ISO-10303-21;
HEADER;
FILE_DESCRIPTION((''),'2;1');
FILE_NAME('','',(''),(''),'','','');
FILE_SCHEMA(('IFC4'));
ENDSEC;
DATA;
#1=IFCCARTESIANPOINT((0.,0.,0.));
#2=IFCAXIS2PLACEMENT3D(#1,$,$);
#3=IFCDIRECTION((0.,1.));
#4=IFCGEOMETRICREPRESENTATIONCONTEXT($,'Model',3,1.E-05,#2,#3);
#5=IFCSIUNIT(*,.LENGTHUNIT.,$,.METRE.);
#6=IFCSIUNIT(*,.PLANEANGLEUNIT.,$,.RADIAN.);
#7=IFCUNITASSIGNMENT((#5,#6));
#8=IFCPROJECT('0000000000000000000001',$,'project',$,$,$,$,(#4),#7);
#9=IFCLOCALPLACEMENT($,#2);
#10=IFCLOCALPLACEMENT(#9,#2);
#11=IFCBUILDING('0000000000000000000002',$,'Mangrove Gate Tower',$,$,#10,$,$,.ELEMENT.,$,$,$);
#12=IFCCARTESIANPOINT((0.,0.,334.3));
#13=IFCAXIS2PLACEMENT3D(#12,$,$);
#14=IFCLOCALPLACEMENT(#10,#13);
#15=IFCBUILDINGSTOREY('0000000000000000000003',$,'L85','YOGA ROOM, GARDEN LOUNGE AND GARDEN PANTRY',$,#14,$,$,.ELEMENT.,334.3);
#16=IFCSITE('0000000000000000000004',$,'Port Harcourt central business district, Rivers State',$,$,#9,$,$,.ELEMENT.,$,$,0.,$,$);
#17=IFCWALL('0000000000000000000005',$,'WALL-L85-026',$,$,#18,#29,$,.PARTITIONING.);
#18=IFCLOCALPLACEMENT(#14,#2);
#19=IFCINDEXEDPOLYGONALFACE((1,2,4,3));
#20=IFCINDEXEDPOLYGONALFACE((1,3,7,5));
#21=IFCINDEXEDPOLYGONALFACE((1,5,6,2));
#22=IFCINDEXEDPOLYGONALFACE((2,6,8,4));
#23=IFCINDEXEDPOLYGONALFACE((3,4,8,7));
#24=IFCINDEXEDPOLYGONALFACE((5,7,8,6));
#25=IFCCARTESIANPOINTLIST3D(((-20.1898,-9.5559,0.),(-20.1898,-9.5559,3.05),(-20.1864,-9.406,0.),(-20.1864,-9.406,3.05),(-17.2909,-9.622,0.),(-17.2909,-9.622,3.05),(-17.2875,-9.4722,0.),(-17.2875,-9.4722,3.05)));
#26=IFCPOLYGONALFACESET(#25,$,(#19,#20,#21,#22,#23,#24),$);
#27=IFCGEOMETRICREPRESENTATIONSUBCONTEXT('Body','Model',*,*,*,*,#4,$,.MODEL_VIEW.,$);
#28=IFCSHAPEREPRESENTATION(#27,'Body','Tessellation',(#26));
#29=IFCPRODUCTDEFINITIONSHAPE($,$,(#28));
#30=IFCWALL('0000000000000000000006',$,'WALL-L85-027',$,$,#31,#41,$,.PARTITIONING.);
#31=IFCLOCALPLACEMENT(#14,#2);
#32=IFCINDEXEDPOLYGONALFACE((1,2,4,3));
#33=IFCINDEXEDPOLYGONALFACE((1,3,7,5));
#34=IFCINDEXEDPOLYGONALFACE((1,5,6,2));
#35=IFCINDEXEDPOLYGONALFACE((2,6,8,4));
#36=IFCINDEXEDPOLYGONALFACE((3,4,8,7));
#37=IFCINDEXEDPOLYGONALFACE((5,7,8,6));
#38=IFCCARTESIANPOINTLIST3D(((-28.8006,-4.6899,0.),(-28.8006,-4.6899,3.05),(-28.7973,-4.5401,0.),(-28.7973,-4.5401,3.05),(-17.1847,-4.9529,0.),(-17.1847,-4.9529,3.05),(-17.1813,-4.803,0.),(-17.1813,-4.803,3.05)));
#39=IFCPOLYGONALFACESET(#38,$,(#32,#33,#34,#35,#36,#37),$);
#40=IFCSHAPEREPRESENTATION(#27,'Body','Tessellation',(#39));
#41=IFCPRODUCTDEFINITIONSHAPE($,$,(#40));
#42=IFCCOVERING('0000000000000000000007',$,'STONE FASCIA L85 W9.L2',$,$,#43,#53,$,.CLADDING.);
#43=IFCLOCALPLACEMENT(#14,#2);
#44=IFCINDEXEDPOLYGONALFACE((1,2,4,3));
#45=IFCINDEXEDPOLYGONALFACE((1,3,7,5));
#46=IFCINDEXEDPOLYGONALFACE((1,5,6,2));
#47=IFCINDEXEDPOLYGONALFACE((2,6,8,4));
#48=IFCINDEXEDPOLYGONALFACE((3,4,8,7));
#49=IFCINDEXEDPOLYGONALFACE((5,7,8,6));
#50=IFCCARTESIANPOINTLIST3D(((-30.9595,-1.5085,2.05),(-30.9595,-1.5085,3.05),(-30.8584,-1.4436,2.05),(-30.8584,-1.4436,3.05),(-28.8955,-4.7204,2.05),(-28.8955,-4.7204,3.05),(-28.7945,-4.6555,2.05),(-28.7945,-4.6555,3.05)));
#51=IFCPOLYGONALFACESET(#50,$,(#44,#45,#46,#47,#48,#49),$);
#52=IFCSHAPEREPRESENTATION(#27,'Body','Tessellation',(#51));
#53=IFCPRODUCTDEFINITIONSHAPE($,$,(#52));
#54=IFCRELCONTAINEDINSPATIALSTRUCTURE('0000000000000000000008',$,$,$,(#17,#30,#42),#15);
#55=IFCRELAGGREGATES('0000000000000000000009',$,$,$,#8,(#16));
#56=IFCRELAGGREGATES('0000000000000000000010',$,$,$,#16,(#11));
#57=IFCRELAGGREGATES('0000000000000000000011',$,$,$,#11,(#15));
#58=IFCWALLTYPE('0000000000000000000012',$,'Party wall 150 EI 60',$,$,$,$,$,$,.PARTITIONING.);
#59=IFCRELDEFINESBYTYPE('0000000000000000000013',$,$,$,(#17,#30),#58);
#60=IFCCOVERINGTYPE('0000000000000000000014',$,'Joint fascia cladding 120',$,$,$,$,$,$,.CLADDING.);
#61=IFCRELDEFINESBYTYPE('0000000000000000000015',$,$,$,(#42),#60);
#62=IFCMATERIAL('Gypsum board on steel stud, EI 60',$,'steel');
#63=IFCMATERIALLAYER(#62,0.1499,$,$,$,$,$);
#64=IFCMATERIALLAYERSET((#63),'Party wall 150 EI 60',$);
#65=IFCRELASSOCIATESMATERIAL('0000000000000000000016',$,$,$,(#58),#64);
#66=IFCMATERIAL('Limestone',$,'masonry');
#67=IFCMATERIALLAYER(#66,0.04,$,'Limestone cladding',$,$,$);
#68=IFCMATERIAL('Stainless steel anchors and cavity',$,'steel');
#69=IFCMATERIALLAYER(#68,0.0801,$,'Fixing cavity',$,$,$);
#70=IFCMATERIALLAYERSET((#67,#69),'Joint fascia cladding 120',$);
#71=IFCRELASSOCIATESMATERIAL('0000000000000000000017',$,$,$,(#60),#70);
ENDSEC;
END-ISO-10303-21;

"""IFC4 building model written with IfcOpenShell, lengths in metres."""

from ifc_helpers import new_model, si_unit, direction, frame, frame_2d, origin, place, context, subcontext, project, spatial, rectangle, extrude, material, layer, layer_set, type_object, element, save


model = new_model("IFC4")

# Units and contexts
model_context = context("Model", 3, precision=1e-05, world=origin(), true_north=direction((0.0, 1.0)))
body_context = subcontext(model_context, "Body", "Model", "MODEL_VIEW")
ifc_project = project(units=[si_unit("LENGTHUNIT", "METRE"), si_unit("PLANEANGLEUNIT", "RADIAN")], contexts=[model_context])

# Site, building, storey
site_placement = place(None, origin())
site = spatial("IfcSite", under=ifc_project, at=site_placement, Name="Port Harcourt central business district, Rivers State", CompositionType="ELEMENT", RefElevation=0.0)
building_placement = place(site_placement, origin())
building = spatial("IfcBuilding", under=site, at=building_placement, Name="Mangrove Gate Tower", CompositionType="ELEMENT")
storey_placement = place(building_placement, frame((0.0, 0.0, 334.3)))
storey = spatial("IfcBuildingStorey", under=building, at=storey_placement, Name="L85", Description="YOGA ROOM, GARDEN LOUNGE AND GARDEN PANTRY", CompositionType="ELEMENT", Elevation=334.3)

# Walls
ifc_material_1 = material(Name="Limestone", Category="masonry")
ifc_material_2 = material(Name="Gypsum board on steel stud, EI 60", Category="steel")
ifc_layer_1 = layer(ifc_material_2, 0.1499)
ifc_layer_set_1 = layer_set([ifc_layer_1], Name="Party wall 150 EI 60")
wall_type_1 = type_object("IfcWallType", Name="Party wall 150 EI 60", PredefinedType="PARTITIONING", material=ifc_layer_set_1)
wall_1_placement = place(storey_placement, frame((-20.188, -9.481, 0.0), z_axis=(0.0, 0.0, 1.0), x_axis=(0.99974, -0.022817, 0.0)))
element("IfcWall", 1, at=wall_1_placement, inside=storey, type_object=wall_type_1, Name="WALL-L85-026", PredefinedType="PARTITIONING", context=body_context, shape_type="SweptSolid", body=[
    extrude(rectangle(XDim=2.8997, YDim=0.1499, at=frame_2d((1.4497, 0.0))), origin(), (0.0, 0.0, 1.0), 3.05),
])
wall_2_placement = place(storey_placement, frame((-28.7991, -4.615, 0.0), z_axis=(0.0, 0.0, 1.0), x_axis=(0.999744, -0.02263, 0.0)))
element("IfcWall", 2, at=wall_2_placement, inside=storey, type_object=wall_type_1, Name="WALL-L85-027", PredefinedType="PARTITIONING", context=body_context, shape_type="SweptSolid", body=[
    extrude(rectangle(XDim=11.6189, YDim=0.1499, at=frame_2d((5.8096, 0.0))), origin(), (0.0, 0.0, 1.0), 3.05),
])

# Covering
ifc_layer_2 = layer(ifc_material_1, 0.04, Name="Limestone cladding")
ifc_material_3 = material(Name="Stainless steel anchors and cavity", Category="steel")
ifc_layer_3 = layer(ifc_material_3, 0.0801, Name="Fixing cavity")
ifc_layer_set_2 = layer_set([ifc_layer_2, ifc_layer_3], Name="Joint fascia cladding 120")
covering_type = type_object("IfcCoveringType", Name="Joint fascia cladding 120", PredefinedType="CLADDING", material=ifc_layer_set_2)
covering_placement = place(storey_placement, frame((-30.9089, -1.4761, 2.05), z_axis=(0.0, 0.0, 1.0), x_axis=(0.540602, -0.841278, 0.0)))
element("IfcCovering", 3, at=covering_placement, inside=storey, type_object=covering_type, Name="STONE FASCIA L85 W9.L2", PredefinedType="CLADDING", context=body_context, shape_type="SweptSolid", body=[
    extrude(rectangle(XDim=3.8179, YDim=0.1201, at=frame_2d((1.9089, 0.0))), origin(), (0.0, 0.0, 1.0), 1.0),
])

save(model, "model.ifc")
